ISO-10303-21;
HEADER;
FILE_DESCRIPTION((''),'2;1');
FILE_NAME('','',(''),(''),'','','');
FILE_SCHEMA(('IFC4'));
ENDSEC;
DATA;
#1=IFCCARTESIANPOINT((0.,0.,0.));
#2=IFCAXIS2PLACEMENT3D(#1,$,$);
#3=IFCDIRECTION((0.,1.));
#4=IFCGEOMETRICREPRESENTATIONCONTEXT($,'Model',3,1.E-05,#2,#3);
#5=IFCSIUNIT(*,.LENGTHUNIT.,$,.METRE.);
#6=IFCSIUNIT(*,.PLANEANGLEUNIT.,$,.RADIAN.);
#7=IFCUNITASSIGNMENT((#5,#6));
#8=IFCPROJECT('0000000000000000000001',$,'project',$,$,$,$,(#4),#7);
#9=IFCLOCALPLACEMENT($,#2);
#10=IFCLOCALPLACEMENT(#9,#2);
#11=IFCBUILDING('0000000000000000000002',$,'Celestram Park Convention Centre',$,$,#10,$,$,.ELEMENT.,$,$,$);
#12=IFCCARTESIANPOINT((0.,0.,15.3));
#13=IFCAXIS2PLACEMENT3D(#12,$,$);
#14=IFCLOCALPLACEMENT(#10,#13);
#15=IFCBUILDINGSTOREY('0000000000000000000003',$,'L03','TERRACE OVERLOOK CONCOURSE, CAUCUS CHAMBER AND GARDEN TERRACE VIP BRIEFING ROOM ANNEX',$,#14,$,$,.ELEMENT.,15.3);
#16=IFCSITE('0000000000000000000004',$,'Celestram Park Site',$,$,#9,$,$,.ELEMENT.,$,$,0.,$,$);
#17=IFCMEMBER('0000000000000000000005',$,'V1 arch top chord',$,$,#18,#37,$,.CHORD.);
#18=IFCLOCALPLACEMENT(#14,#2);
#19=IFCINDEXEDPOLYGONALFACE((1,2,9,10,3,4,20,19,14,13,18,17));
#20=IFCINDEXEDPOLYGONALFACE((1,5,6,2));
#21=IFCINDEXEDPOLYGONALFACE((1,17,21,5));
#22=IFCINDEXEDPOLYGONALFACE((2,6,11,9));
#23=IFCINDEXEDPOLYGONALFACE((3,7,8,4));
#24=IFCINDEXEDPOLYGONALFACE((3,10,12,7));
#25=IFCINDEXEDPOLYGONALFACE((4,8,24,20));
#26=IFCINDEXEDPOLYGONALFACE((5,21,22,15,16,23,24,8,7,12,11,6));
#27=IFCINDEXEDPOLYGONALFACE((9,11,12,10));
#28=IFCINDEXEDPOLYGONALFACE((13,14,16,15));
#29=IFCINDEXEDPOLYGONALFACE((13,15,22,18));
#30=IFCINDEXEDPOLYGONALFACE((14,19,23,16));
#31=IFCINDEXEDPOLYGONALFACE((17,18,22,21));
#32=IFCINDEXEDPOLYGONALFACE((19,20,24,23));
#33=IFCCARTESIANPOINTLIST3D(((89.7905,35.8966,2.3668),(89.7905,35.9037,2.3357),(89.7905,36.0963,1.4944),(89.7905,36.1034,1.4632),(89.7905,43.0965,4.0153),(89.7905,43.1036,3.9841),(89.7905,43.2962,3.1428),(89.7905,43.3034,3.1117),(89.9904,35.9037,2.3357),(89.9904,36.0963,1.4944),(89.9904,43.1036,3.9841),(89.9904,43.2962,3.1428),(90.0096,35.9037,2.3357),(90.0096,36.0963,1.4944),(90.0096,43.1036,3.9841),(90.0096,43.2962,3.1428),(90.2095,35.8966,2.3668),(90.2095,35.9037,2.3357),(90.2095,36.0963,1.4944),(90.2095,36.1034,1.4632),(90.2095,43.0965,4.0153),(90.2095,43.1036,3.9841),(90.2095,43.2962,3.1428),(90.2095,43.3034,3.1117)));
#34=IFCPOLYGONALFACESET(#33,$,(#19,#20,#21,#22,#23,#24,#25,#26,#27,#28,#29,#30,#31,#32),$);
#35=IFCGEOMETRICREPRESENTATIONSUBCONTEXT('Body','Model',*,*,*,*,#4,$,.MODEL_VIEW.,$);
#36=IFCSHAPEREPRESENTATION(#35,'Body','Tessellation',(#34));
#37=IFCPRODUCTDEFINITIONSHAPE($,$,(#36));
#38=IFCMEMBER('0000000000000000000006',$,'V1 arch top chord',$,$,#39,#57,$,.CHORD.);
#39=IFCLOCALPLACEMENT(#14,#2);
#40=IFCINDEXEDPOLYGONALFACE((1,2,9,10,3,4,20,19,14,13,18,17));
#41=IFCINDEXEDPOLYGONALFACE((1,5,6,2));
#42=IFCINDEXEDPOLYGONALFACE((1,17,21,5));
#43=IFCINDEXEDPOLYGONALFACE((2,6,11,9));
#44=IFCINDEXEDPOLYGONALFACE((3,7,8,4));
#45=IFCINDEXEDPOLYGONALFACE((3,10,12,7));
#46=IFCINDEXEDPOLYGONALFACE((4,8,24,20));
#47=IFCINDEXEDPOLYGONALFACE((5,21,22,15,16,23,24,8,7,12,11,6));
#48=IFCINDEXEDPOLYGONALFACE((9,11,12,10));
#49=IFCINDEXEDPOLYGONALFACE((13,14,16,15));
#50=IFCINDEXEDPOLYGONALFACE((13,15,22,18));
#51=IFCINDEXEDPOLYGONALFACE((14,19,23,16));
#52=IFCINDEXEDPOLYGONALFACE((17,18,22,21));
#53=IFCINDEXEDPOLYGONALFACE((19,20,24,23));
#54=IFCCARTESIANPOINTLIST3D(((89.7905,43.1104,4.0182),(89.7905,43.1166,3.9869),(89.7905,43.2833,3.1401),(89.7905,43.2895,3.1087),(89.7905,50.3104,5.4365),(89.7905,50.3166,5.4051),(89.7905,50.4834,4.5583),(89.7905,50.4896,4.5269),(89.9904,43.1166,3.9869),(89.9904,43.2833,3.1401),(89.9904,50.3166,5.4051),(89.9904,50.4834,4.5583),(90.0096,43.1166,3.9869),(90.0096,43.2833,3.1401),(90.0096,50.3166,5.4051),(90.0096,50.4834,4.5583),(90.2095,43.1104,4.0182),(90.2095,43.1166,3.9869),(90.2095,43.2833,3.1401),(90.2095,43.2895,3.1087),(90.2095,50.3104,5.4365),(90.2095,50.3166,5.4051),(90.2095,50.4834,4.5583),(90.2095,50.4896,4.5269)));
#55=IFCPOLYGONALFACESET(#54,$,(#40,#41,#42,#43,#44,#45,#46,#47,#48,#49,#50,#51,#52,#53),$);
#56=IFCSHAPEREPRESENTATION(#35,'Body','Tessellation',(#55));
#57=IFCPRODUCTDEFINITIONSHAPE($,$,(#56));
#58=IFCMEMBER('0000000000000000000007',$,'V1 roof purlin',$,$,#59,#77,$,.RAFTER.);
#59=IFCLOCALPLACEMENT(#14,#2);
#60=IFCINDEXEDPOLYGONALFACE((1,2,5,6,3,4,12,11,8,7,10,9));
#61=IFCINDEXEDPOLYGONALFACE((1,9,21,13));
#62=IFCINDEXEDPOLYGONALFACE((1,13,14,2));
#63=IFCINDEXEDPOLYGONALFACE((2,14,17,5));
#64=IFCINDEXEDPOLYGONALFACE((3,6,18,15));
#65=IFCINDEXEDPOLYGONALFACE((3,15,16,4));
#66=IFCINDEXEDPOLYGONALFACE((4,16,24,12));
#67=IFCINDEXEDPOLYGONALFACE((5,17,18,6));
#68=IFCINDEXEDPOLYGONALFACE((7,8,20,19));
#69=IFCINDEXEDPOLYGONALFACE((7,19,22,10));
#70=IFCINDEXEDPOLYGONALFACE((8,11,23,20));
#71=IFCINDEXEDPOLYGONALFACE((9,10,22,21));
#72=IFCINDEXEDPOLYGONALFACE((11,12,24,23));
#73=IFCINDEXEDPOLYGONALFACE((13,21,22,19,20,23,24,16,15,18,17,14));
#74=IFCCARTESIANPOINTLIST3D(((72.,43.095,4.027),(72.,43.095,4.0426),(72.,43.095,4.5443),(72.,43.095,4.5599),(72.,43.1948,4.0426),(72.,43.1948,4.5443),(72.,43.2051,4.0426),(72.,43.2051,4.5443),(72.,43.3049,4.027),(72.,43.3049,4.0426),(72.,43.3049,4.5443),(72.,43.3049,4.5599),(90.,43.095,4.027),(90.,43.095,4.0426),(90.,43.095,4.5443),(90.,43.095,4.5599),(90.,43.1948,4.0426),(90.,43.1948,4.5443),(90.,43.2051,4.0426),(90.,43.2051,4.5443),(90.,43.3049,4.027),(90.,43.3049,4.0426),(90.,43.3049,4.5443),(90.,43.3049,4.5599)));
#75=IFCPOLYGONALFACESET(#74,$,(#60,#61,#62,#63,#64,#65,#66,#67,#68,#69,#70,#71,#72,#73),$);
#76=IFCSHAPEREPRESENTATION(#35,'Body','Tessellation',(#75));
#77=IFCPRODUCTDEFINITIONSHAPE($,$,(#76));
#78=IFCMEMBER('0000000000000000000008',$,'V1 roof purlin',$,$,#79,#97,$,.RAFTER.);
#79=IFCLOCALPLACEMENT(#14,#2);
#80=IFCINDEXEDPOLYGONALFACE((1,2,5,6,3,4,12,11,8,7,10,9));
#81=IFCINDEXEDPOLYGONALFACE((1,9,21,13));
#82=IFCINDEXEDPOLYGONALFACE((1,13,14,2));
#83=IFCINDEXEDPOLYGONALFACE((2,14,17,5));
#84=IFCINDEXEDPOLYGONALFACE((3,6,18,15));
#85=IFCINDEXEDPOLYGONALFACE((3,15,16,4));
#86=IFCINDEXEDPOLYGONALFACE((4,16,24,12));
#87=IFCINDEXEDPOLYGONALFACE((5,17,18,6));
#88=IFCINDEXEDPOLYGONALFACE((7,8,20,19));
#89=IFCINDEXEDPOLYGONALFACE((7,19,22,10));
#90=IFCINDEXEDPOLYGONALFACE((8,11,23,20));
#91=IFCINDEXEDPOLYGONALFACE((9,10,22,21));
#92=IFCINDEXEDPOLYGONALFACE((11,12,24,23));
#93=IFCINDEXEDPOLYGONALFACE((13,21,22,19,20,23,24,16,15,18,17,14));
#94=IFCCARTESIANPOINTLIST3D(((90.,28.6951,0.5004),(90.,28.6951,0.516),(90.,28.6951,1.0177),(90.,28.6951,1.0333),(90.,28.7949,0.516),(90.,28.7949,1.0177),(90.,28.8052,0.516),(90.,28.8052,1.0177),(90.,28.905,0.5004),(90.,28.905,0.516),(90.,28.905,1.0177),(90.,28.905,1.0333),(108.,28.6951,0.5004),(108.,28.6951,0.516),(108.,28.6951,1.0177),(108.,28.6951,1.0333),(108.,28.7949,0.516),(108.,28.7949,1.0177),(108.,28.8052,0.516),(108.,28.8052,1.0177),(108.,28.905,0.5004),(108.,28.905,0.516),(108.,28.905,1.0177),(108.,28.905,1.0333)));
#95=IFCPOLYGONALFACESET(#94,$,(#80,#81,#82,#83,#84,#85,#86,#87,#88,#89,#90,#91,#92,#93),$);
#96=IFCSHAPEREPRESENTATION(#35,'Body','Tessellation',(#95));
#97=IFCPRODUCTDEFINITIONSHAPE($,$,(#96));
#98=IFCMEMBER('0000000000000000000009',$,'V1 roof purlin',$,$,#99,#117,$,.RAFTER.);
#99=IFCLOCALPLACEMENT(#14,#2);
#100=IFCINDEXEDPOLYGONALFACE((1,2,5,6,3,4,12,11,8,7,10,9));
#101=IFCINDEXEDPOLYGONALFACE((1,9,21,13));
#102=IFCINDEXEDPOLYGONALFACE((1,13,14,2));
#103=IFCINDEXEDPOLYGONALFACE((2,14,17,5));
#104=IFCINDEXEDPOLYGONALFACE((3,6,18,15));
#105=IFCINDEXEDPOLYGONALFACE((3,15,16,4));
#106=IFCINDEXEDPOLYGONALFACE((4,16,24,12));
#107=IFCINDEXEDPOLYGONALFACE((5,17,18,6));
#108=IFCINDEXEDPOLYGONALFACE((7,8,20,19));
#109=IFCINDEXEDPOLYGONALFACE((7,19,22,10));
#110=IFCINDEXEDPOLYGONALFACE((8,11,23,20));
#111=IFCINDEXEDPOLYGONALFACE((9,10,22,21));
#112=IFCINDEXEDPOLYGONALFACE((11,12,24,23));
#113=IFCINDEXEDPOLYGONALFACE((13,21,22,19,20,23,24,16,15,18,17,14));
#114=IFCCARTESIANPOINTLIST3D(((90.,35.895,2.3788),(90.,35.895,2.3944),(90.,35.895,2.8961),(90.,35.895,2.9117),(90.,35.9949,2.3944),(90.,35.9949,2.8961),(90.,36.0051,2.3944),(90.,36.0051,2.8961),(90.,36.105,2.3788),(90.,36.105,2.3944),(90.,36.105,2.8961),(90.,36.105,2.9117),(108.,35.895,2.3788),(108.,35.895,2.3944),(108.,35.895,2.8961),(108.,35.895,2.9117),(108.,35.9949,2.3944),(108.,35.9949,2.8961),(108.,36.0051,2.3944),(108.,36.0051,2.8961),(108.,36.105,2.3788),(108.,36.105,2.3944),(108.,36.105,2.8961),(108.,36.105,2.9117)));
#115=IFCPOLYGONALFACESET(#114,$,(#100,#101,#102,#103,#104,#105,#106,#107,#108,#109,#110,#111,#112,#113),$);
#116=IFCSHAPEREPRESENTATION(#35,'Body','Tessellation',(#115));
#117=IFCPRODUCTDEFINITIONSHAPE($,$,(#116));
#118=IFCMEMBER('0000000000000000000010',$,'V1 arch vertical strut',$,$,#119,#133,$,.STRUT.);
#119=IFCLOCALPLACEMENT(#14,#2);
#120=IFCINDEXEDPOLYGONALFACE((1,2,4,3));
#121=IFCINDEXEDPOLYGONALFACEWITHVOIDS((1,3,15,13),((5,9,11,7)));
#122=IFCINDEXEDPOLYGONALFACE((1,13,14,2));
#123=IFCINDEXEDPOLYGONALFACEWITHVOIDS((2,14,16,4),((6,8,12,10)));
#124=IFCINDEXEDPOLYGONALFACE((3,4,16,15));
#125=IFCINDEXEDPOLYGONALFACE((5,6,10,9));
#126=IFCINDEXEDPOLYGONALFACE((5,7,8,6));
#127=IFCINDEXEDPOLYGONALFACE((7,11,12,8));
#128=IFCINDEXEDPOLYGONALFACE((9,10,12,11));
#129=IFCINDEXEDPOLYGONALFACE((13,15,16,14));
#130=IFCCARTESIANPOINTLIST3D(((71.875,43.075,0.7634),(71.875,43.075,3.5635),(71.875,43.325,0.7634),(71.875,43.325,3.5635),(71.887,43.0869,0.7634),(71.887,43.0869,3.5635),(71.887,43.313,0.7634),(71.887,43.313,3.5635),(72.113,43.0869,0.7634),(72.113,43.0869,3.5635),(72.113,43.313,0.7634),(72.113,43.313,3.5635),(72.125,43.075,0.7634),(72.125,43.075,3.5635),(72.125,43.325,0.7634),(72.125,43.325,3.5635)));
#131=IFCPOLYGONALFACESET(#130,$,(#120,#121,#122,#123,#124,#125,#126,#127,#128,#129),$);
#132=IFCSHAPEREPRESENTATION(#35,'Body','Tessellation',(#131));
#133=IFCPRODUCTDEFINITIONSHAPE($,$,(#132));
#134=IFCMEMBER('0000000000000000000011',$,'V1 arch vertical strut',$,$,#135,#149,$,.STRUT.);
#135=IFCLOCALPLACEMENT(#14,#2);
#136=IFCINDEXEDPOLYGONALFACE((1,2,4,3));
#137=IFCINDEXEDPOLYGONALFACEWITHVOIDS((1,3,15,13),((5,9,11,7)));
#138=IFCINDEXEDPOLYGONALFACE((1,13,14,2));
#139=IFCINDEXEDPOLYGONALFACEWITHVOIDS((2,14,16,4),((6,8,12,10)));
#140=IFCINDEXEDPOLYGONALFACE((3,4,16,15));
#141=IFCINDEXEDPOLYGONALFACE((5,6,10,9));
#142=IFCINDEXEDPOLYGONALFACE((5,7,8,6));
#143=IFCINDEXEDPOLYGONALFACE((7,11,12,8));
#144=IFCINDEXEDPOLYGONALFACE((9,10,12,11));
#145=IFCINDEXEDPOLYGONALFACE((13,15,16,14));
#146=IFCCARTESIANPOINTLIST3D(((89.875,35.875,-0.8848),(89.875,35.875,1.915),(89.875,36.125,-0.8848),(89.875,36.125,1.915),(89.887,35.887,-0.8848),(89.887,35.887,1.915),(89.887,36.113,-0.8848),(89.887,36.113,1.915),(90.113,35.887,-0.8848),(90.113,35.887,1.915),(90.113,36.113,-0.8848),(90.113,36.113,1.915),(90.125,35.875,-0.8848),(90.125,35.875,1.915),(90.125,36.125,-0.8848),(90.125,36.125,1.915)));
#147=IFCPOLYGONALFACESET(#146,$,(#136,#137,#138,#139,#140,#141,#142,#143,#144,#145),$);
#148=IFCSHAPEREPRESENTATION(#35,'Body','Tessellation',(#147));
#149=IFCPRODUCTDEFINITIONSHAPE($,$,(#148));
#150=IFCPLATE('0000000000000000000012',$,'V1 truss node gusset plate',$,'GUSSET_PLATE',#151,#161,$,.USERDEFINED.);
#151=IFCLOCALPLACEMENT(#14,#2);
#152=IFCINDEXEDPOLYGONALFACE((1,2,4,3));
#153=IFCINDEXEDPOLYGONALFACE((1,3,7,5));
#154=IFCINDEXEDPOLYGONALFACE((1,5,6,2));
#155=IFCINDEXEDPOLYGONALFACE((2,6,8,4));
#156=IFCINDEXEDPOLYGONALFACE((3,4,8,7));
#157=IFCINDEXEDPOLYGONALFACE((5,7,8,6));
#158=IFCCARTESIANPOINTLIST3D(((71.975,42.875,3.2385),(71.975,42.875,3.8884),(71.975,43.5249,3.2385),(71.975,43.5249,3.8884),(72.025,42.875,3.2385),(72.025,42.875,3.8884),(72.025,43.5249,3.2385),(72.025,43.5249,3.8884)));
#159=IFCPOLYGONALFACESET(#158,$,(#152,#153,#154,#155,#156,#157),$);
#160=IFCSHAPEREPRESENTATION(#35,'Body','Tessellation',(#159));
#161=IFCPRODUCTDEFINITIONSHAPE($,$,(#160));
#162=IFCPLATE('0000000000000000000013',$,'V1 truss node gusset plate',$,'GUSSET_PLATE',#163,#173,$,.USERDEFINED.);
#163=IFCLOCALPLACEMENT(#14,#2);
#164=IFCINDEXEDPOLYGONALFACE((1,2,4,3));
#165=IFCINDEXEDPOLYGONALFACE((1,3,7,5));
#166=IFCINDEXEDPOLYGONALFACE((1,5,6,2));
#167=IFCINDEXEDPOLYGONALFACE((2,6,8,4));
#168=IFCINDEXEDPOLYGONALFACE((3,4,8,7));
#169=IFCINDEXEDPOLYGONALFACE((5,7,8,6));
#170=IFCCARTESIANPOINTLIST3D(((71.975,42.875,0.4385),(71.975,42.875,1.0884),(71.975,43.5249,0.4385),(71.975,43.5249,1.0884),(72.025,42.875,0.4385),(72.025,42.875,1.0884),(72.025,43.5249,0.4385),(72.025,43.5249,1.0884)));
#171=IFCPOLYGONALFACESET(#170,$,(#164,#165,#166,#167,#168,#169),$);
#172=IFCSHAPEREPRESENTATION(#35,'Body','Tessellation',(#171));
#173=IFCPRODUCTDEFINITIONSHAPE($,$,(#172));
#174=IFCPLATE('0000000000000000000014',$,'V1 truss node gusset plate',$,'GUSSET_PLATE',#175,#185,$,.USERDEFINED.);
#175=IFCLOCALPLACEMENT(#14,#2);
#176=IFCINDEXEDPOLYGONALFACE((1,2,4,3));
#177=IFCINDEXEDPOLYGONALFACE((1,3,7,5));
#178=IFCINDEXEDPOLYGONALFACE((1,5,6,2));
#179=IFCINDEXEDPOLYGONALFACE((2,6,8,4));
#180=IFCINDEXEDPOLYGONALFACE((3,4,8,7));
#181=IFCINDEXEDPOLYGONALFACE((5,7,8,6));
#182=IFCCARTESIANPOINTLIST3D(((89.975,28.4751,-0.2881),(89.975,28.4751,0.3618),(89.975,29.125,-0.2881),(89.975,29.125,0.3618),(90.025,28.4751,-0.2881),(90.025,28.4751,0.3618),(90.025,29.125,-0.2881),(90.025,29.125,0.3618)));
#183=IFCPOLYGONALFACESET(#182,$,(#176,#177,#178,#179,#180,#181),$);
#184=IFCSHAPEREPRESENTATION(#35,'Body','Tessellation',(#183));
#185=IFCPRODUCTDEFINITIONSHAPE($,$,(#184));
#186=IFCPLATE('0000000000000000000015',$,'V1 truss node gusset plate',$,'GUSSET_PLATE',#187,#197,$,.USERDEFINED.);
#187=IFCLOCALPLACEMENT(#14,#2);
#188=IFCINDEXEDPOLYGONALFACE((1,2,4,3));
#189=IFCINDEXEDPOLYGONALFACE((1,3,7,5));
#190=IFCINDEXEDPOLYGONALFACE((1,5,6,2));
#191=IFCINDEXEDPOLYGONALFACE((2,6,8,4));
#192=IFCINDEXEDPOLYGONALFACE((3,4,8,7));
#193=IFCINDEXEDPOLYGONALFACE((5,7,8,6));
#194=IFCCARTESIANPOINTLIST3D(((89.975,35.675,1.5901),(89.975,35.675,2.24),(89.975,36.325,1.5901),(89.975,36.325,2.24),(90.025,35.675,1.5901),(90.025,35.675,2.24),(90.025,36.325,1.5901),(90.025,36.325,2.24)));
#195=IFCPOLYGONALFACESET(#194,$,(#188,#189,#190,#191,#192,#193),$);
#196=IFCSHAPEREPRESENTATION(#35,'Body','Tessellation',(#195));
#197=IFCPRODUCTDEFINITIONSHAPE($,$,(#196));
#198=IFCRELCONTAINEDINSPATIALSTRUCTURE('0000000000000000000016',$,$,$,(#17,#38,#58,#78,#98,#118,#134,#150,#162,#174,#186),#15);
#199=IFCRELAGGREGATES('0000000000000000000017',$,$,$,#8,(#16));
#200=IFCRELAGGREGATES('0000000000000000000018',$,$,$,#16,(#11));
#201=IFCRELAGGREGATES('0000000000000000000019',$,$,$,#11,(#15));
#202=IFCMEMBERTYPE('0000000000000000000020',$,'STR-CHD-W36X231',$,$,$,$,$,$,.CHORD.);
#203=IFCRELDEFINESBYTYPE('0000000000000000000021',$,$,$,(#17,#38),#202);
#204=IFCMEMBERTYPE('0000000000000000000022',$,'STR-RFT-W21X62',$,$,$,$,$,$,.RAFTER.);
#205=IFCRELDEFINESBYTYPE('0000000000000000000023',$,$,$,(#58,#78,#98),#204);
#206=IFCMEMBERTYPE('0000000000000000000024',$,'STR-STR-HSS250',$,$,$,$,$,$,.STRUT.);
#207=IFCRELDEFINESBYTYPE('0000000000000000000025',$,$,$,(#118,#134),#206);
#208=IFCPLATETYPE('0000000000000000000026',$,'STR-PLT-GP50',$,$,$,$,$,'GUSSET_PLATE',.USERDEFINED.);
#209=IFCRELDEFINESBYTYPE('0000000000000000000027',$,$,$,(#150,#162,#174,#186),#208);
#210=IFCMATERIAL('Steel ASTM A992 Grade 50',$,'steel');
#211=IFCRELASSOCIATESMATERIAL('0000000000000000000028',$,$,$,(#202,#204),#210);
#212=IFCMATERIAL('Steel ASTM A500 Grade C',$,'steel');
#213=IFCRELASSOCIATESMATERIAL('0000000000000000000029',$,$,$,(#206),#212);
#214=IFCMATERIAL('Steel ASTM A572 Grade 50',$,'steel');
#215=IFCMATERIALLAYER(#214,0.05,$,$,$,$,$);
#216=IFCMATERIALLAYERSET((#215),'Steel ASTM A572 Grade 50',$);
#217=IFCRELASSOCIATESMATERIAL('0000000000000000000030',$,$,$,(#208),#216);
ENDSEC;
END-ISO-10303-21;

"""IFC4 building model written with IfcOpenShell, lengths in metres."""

from ifc_helpers import new_model, si_unit, direction, frame, origin, origin_2d, place, context, subcontext, project, spatial, rectangle, hollow_rectangle, i_section, extrude, material, layer, layer_set, material_profile, profile_set, type_object, element, save


model = new_model("IFC4")

# Units and contexts
model_context = context("Model", 3, precision=1e-05, world=origin(), true_north=direction((0.0, 1.0)))
body_context = subcontext(model_context, "Body", "Model", "MODEL_VIEW")
ifc_project = project(units=[si_unit("LENGTHUNIT", "METRE"), si_unit("PLANEANGLEUNIT", "RADIAN")], contexts=[model_context])

# Site, building, storey
site_placement = place(None, origin())
site = spatial("IfcSite", under=ifc_project, at=site_placement, Name="Celestram Park Site", CompositionType="ELEMENT", RefElevation=0.0)
building_placement = place(site_placement, origin())
building = spatial("IfcBuilding", under=site, at=building_placement, Name="Celestram Park Convention Centre", CompositionType="ELEMENT")
storey_placement = place(building_placement, frame((0.0, 0.0, 15.3)))
storey = spatial("IfcBuildingStorey", under=building, at=storey_placement, Name="L03", Description="TERRACE OVERLOOK CONCOURSE, CAUCUS CHAMBER AND GARDEN TERRACE VIP BRIEFING ROOM ANNEX", CompositionType="ELEMENT", Elevation=15.3)

# Members
ifc_material_1 = material(Name="Steel ASTM A500 Grade C", Category="steel")
ifc_material_2 = material(Name="Steel ASTM A992 Grade 50", Category="steel")
ifc_material_profile_1 = material_profile(ifc_material_2, i_section(OverallWidth=0.4189, OverallDepth=0.927, WebThickness=0.0193, FlangeThickness=0.032, at=origin_2d()), Name="W36X231")
ifc_profile_set_1 = profile_set([ifc_material_profile_1], Name="Steel ASTM A992 Grade 50")
member_type_1 = type_object("IfcMemberType", Name="STR-CHD-W36X231", PredefinedType="CHORD", material=ifc_profile_set_1)
member_1_placement = place(storey_placement, frame((90.0, 36.0, 1.915), z_axis=(0.0, 0.974778, 0.223177), x_axis=(-1.0, 0.0, 0.0)))
element("IfcMember", 1, at=member_1_placement, inside=storey, type_object=member_type_1, Name="V1 arch top chord", PredefinedType="CHORD", context=body_context, shape_type="SweptSolid", body=[
    extrude(i_section(OverallWidth=0.4189, OverallDepth=0.927, WebThickness=0.0193, FlangeThickness=0.032, at=origin_2d()), origin(), (0.0, 0.0, 1.0), 7.3862),
])
member_2_placement = place(storey_placement, frame((90.0, 43.2, 3.5635), z_axis=(0.0, 0.981147, 0.193262), x_axis=(-1.0, 0.0, 0.0)))
element("IfcMember", 2, at=member_2_placement, inside=storey, type_object=member_type_1, Name="V1 arch top chord", PredefinedType="CHORD", context=body_context, shape_type="SweptSolid", body=[
    extrude(i_section(OverallWidth=0.4189, OverallDepth=0.927, WebThickness=0.0193, FlangeThickness=0.032, at=origin_2d()), origin(), (0.0, 0.0, 1.0), 7.3384),
])
ifc_material_profile_2 = material_profile(ifc_material_2, i_section(OverallWidth=0.21, OverallDepth=0.533, WebThickness=0.0103, FlangeThickness=0.0156, at=origin_2d()), Name="W21X62")
ifc_profile_set_2 = profile_set([ifc_material_profile_2], Name="Steel ASTM A992 Grade 50")
member_type_2 = type_object("IfcMemberType", Name="STR-RFT-W21X62", PredefinedType="RAFTER", material=ifc_profile_set_2)
for number, where, z_axis, x_axis, name in (
    (3, (72.0, 43.2, 4.2935), (1.0, 0.0, 0.0), (0.0, 1.0, 0.0), "V1 roof purlin"),
    (4, (90.0, 28.8, 0.7668), (1.0, 0.0, 0.0), (0.0, 1.0, 0.0), "V1 roof purlin"),
    (5, (90.0, 36.0, 2.6453), (1.0, 0.0, 0.0), (0.0, 1.0, 0.0), "V1 roof purlin"),
):
    element("IfcMember", number, at=place(storey_placement, frame(where, z_axis=z_axis, x_axis=x_axis)), inside=storey, type_object=member_type_2, Name=name, PredefinedType="RAFTER", context=body_context, shape_type="SweptSolid", body=[
        extrude(i_section(OverallWidth=0.21, OverallDepth=0.533, WebThickness=0.0103, FlangeThickness=0.0156, at=origin_2d()), origin(), (0.0, 0.0, 1.0), 18.0),
    ])
ifc_material_profile_3 = material_profile(ifc_material_1, hollow_rectangle(XDim=0.25, YDim=0.25, WallThickness=0.012, at=origin_2d()), Name="HSS250X250X12")
ifc_profile_set_3 = profile_set([ifc_material_profile_3], Name="Steel ASTM A500 Grade C")
member_type_3 = type_object("IfcMemberType", Name="STR-STR-HSS250", PredefinedType="STRUT", material=ifc_profile_set_3)
member_3_placement = place(storey_placement, frame((72.0, 43.2, 0.7634), z_axis=(0.0, 0.0, 1.0), x_axis=(1.0, 0.0, 0.0)))
element("IfcMember", 6, at=member_3_placement, inside=storey, type_object=member_type_3, Name="V1 arch vertical strut", PredefinedType="STRUT", context=body_context, shape_type="SweptSolid", body=[
    extrude(hollow_rectangle(XDim=0.25, YDim=0.25, WallThickness=0.012, at=origin_2d()), origin(), (0.0, 0.0, 1.0), 2.8),
])
member_4_placement = place(storey_placement, frame((90.0, 36.0, -0.8848), z_axis=(0.0, 0.0, 1.0), x_axis=(1.0, 0.0, 0.0)))
element("IfcMember", 7, at=member_4_placement, inside=storey, type_object=member_type_3, Name="V1 arch vertical strut", PredefinedType="STRUT", context=body_context, shape_type="SweptSolid", body=[
    extrude(hollow_rectangle(XDim=0.25, YDim=0.25, WallThickness=0.012, at=origin_2d()), origin(), (0.0, 0.0, 1.0), 2.7998),
])

# Plates
ifc_material_3 = material(Name="Steel ASTM A572 Grade 50", Category="steel")
ifc_layer_1 = layer(ifc_material_3, 0.05)
ifc_layer_set_1 = layer_set([ifc_layer_1], Name="Steel ASTM A572 Grade 50")
plate_type = type_object("IfcPlateType", Name="STR-PLT-GP50", ElementType="GUSSET_PLATE", PredefinedType="USERDEFINED", material=ifc_layer_set_1)
for number, where, z_axis, x_axis, name in (
    (8, (72.0, 43.2, 3.2385), (0.0, 0.0, 1.0), (0.0, 1.0, 0.0), "V1 truss node gusset plate"),
    (9, (72.0, 43.2, 0.4385), (0.0, 0.0, 1.0), (0.0, 1.0, 0.0), "V1 truss node gusset plate"),
    (10, (90.0, 28.8, -0.2881), (0.0, 0.0, 1.0), (0.0, 1.0, 0.0), "V1 truss node gusset plate"),
    (11, (90.0, 36.0, 1.5901), (0.0, 0.0, 1.0), (0.0, 1.0, 0.0), "V1 truss node gusset plate"),
):
    element("IfcPlate", number, at=place(storey_placement, frame(where, z_axis=z_axis, x_axis=x_axis)), inside=storey, type_object=plate_type, Name=name, ObjectType="GUSSET_PLATE", PredefinedType="USERDEFINED", context=body_context, shape_type="SweptSolid", body=[
        extrude(rectangle(XDim=0.6499, YDim=0.05, at=origin_2d()), origin(), (0.0, 0.0, 1.0), 0.6499),
    ])

save(model, "model.ifc")
